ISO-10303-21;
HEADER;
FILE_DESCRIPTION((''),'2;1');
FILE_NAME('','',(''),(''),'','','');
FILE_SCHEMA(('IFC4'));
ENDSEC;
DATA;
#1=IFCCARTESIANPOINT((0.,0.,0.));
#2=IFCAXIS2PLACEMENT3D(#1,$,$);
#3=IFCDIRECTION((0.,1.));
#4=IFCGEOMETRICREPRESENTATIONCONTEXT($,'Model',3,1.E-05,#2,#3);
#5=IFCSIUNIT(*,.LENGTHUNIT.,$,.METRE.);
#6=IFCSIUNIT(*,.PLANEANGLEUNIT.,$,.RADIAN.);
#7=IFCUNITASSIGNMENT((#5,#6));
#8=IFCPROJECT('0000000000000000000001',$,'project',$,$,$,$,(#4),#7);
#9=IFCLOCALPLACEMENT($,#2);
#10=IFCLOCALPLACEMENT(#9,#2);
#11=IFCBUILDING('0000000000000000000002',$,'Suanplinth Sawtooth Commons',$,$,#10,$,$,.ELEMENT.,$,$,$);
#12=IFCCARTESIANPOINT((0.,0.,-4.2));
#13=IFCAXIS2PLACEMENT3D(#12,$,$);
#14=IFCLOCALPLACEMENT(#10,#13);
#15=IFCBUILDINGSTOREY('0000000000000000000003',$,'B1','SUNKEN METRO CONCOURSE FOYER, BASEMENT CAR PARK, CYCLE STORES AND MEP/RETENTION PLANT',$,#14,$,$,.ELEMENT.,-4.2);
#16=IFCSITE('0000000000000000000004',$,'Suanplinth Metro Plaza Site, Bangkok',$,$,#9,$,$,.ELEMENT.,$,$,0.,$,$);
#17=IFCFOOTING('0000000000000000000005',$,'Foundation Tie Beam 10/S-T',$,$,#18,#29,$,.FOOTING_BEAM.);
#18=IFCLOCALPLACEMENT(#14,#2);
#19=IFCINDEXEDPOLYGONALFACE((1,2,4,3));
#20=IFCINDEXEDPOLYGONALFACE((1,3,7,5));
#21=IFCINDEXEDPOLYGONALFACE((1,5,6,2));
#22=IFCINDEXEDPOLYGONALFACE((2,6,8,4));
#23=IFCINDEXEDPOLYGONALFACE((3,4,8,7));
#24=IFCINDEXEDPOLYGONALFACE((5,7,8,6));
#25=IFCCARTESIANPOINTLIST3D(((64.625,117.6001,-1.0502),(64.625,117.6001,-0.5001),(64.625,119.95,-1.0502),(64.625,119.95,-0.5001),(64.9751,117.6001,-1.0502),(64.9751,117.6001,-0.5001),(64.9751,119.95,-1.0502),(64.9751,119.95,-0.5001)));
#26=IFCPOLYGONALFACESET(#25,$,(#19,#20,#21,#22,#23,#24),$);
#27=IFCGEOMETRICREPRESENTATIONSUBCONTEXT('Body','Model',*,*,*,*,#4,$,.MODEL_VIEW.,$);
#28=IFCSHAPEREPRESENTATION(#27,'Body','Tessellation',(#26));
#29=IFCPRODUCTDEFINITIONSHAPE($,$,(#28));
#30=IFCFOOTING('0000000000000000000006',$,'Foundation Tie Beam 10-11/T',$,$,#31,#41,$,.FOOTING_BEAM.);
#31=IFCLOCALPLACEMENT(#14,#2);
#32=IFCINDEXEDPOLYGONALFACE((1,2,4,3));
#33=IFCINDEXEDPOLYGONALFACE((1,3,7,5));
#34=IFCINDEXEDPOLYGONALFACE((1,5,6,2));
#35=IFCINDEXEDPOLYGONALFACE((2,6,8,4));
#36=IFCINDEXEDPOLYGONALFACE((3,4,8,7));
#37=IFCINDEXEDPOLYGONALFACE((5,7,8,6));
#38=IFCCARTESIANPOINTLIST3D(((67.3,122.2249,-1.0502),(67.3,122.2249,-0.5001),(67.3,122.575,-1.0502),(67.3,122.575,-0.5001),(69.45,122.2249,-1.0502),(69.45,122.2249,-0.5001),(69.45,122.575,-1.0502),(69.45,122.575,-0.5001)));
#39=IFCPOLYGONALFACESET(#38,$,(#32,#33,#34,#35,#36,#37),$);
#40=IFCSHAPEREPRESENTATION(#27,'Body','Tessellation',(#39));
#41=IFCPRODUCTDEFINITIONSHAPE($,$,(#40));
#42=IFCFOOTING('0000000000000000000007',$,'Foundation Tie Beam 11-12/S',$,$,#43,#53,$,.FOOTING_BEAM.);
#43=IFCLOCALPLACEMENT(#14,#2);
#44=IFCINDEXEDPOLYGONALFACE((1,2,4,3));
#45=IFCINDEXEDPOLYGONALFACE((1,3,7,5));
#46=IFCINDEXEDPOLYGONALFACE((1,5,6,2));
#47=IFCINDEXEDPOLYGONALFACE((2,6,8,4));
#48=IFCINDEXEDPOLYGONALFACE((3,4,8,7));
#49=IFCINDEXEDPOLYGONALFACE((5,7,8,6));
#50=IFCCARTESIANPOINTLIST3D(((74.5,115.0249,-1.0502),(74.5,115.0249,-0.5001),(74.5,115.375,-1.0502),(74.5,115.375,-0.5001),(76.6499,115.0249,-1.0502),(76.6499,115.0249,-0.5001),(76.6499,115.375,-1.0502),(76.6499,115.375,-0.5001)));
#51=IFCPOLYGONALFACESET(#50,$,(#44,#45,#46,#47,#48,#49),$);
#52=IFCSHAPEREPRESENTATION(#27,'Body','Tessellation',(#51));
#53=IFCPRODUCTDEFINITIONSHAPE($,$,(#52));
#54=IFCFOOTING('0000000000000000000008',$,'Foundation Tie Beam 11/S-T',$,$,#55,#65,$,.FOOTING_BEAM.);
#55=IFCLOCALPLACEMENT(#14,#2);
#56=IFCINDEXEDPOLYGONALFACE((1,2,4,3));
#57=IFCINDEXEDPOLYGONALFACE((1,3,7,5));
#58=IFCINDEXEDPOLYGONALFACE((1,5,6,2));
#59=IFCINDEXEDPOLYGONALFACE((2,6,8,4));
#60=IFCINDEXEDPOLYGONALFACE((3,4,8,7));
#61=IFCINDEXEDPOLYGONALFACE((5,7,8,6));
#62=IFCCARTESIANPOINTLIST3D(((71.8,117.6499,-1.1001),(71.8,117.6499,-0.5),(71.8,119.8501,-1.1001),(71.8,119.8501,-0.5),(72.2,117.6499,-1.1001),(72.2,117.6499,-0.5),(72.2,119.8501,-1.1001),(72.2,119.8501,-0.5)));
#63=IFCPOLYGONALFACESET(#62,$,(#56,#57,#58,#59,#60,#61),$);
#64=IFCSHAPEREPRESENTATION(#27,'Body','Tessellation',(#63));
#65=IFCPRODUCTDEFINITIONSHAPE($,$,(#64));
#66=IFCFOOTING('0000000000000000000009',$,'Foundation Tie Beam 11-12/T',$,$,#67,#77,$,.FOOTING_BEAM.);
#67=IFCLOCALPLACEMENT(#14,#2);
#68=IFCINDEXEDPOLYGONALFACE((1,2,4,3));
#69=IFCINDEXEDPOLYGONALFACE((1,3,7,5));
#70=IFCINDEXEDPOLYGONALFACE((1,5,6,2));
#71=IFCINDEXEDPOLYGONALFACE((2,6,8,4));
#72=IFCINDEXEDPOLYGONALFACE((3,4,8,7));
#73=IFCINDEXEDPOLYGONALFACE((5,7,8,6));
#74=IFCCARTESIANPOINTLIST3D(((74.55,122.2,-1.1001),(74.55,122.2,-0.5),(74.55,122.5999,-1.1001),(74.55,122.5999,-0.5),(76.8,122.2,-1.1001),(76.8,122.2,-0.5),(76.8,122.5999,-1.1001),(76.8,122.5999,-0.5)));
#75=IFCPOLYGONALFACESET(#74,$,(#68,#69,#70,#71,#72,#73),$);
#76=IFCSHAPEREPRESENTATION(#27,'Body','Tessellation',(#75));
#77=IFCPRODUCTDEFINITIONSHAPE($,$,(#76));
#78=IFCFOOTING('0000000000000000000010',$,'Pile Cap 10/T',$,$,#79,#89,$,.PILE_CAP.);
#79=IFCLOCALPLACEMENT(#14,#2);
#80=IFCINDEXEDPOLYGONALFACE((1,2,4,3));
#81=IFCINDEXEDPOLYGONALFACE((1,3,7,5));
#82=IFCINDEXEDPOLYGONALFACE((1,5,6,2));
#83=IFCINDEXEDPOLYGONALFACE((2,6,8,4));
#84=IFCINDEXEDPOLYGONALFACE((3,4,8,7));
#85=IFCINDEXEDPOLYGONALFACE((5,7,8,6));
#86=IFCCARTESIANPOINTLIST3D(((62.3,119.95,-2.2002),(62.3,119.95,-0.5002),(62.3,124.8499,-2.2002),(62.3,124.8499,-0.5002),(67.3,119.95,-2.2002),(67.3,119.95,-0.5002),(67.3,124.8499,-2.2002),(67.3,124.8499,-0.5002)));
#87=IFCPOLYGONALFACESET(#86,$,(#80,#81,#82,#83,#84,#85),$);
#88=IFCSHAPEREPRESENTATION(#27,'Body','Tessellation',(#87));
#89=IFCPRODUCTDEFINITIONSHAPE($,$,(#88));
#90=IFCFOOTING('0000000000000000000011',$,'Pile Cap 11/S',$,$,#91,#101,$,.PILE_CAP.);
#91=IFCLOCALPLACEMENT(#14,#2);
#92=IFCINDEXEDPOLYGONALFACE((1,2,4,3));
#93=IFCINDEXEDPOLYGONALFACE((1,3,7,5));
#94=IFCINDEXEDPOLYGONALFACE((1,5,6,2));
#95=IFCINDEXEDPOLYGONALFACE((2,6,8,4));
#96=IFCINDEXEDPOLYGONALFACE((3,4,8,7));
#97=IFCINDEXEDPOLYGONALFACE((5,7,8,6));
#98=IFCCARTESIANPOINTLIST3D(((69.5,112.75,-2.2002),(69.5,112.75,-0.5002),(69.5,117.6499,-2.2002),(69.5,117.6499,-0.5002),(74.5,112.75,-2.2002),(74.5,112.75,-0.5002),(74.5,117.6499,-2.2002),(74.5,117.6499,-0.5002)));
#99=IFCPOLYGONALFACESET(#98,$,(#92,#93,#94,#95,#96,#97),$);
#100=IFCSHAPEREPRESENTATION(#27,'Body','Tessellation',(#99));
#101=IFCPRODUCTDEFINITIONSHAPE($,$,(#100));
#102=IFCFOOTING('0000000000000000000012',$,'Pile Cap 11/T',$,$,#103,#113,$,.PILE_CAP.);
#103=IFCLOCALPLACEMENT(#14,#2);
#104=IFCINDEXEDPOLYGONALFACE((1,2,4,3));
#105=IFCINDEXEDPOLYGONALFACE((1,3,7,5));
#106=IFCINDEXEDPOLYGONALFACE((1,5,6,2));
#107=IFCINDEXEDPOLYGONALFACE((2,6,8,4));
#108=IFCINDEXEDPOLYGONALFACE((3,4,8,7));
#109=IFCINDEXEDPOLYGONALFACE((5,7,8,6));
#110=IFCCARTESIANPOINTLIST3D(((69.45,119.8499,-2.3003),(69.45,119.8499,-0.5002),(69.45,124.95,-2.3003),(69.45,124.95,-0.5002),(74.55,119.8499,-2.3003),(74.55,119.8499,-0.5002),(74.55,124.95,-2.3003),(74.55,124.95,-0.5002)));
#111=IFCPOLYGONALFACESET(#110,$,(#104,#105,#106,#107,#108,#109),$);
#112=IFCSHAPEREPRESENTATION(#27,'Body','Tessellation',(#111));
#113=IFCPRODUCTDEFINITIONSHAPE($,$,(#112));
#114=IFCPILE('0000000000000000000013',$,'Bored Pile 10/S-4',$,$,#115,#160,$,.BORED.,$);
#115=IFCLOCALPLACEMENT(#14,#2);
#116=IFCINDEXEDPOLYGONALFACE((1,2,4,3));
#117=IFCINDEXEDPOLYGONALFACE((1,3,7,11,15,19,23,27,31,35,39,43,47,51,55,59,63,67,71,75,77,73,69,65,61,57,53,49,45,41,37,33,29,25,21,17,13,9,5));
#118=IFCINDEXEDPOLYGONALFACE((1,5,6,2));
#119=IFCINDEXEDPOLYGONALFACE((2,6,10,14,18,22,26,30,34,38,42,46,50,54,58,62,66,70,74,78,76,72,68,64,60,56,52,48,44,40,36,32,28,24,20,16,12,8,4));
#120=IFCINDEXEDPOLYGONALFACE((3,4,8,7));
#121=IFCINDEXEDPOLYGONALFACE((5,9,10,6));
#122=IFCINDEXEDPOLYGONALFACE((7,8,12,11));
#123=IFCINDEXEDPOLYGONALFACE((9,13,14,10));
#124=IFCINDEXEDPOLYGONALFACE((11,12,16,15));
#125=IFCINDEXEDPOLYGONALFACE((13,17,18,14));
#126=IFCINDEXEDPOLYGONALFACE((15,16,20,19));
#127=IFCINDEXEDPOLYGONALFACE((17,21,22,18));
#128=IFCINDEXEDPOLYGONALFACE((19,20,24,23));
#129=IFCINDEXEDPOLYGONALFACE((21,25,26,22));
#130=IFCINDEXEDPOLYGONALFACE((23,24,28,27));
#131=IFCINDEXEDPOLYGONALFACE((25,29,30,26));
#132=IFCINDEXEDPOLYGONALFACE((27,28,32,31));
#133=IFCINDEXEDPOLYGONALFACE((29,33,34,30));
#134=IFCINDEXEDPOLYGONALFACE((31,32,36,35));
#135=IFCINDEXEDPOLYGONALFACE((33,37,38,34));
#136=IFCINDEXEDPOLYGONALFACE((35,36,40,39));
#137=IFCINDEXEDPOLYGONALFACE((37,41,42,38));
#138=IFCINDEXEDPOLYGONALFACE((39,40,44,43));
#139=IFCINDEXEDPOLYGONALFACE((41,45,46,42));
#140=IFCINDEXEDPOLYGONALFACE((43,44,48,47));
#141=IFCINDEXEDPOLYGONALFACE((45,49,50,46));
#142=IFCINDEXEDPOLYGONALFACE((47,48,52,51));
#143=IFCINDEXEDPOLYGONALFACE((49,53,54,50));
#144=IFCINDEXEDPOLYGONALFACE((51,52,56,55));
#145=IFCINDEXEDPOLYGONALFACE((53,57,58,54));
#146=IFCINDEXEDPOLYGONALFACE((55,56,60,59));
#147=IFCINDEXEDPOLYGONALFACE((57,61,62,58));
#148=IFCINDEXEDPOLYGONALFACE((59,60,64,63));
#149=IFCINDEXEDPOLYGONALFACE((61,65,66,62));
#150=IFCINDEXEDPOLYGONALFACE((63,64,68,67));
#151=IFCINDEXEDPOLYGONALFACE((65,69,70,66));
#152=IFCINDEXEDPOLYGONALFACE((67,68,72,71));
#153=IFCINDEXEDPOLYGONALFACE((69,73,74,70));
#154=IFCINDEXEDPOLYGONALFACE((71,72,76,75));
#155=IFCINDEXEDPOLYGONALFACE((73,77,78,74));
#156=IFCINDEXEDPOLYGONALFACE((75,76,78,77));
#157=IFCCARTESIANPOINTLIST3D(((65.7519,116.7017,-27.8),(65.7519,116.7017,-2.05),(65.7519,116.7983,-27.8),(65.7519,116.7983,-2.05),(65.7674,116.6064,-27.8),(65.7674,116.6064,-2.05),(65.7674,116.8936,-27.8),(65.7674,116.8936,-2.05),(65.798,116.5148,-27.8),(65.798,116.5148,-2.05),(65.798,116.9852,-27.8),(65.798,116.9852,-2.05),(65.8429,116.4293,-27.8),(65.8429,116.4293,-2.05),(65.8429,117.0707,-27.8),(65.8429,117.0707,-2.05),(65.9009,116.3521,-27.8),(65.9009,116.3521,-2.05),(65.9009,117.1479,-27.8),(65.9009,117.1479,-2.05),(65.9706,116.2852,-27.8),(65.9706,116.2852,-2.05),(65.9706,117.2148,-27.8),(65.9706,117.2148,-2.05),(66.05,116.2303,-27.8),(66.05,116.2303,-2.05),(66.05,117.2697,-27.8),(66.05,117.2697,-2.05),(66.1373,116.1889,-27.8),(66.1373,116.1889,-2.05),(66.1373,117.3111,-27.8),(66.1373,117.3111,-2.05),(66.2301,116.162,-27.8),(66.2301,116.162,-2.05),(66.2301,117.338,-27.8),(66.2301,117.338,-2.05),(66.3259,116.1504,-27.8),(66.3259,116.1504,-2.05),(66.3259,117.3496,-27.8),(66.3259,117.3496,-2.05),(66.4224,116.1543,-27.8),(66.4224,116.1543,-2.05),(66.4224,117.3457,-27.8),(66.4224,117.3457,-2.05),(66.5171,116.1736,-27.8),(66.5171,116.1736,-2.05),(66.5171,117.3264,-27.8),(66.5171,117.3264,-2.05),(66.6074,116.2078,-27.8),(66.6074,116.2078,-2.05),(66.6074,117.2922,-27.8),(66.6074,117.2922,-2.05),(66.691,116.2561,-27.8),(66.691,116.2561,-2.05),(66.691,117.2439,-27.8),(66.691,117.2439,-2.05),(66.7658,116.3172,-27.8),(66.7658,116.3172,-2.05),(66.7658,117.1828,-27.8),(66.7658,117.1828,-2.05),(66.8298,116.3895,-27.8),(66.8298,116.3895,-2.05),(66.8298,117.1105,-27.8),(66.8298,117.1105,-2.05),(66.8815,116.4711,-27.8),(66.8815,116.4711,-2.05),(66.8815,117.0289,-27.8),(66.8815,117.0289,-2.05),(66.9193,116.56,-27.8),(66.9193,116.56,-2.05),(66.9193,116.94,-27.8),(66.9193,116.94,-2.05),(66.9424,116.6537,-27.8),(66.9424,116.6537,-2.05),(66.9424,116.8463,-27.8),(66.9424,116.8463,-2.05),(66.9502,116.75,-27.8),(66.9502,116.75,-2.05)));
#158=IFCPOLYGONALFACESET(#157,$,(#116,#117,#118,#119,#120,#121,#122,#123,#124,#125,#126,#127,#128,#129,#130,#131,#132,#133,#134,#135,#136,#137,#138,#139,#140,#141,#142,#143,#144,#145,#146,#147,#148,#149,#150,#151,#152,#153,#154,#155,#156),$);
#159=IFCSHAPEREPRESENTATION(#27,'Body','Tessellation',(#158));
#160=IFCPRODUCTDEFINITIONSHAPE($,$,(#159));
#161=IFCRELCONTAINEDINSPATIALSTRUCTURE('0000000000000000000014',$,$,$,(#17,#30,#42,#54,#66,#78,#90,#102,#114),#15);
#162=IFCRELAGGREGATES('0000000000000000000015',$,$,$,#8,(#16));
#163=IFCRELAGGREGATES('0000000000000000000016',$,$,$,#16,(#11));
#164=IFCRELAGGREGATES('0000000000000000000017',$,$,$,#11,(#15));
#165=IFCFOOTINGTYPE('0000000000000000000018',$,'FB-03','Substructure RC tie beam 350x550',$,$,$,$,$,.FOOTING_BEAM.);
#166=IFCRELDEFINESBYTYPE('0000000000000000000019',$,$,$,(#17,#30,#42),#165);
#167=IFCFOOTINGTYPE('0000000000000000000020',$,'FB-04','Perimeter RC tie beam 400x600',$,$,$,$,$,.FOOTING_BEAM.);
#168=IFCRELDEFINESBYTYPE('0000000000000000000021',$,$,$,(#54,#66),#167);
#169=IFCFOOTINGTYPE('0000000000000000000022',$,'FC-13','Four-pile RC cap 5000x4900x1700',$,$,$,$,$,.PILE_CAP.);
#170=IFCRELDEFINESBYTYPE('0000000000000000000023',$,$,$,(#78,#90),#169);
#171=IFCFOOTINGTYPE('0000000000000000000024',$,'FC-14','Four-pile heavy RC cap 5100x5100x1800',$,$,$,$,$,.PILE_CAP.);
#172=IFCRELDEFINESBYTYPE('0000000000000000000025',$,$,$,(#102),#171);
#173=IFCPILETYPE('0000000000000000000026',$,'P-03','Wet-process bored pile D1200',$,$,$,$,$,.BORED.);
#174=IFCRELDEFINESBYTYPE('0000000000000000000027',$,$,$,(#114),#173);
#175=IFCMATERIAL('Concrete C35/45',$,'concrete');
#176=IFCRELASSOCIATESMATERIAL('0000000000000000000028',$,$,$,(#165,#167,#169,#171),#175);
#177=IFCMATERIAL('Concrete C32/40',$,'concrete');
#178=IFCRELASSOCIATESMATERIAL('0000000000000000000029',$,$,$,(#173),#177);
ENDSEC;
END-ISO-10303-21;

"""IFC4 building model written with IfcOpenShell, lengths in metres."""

from ifc_helpers import new_model, si_unit, direction, frame, origin, origin_2d, place, context, subcontext, project, spatial, rectangle, circle, extrude, material, material_profile, profile_set, type_object, element, save


model = new_model("IFC4")

# Units and contexts
model_context = context("Model", 3, precision=1e-05, world=origin(), true_north=direction((0.0, 1.0)))
body_context = subcontext(model_context, "Body", "Model", "MODEL_VIEW")
ifc_project = project(units=[si_unit("LENGTHUNIT", "METRE"), si_unit("PLANEANGLEUNIT", "RADIAN")], contexts=[model_context])

# Site, building, storey
site_placement = place(None, origin())
site = spatial("IfcSite", under=ifc_project, at=site_placement, Name="Suanplinth Metro Plaza Site, Bangkok", CompositionType="ELEMENT", RefElevation=0.0)
building_placement = place(site_placement, origin())
building = spatial("IfcBuilding", under=site, at=building_placement, Name="Suanplinth Sawtooth Commons", CompositionType="ELEMENT")
storey_placement = place(building_placement, frame((0.0, 0.0, -4.2)))
storey = spatial("IfcBuildingStorey", under=building, at=storey_placement, Name="B1", Description="SUNKEN METRO CONCOURSE FOYER, BASEMENT CAR PARK, CYCLE STORES AND MEP/RETENTION PLANT", CompositionType="ELEMENT", Elevation=-4.2)

# Footings
ifc_material_1 = material(Name="Concrete C35/45", Category="concrete")
ifc_material_profile_1 = material_profile(ifc_material_1, rectangle(XDim=0.3501, YDim=0.55, at=origin_2d()), Name="PC-BM 350x550")
ifc_profile_set_1 = profile_set([ifc_material_profile_1], Name="Concrete C35/45")
footing_type_1 = type_object("IfcFootingType", Name="FB-03", Description="Substructure RC tie beam 350x550", PredefinedType="FOOTING_BEAM", material=ifc_profile_set_1)
footing_1_placement = place(storey_placement, frame((64.8, 117.6001, -0.7751), z_axis=(0.0, 1.0, 0.0), x_axis=(-1.0, 0.0, 0.0)))
element("IfcFooting", 1, at=footing_1_placement, inside=storey, type_object=footing_type_1, Name="Foundation Tie Beam 10/S-T", PredefinedType="FOOTING_BEAM", context=body_context, shape_type="SweptSolid", body=[
    extrude(rectangle(XDim=0.3501, YDim=0.55, at=origin_2d()), origin(), (0.0, 0.0, 1.0), 2.3499),
])
for number, where, z_axis, x_axis, name in (
    (2, (67.3, 122.3999, -0.7751), (1.0, 0.0, 0.0), (0.0, 1.0, 0.0), "Foundation Tie Beam 10-11/T"),
    (3, (74.5, 115.2, -0.7751), (1.0, 0.0, 0.0), (0.0, 1.0, 0.0), "Foundation Tie Beam 11-12/S"),
):
    element("IfcFooting", number, at=place(storey_placement, frame(where, z_axis=z_axis, x_axis=x_axis)), inside=storey, type_object=footing_type_1, Name=name, PredefinedType="FOOTING_BEAM", context=body_context, shape_type="SweptSolid", body=[
        extrude(rectangle(XDim=0.3501, YDim=0.55, at=origin_2d()), origin(), (0.0, 0.0, 1.0), 2.1499),
    ])
ifc_material_profile_2 = material_profile(ifc_material_1, rectangle(XDim=0.3999, YDim=0.6001, at=origin_2d()), Name="PC-GDR 400x600")
ifc_profile_set_2 = profile_set([ifc_material_profile_2], Name="Concrete C35/45")
footing_type_2 = type_object("IfcFootingType", Name="FB-04", Description="Perimeter RC tie beam 400x600", PredefinedType="FOOTING_BEAM", material=ifc_profile_set_2)
footing_2_placement = place(storey_placement, frame((72.0, 117.6499, -0.8), z_axis=(0.0, 1.0, 0.0), x_axis=(-1.0, 0.0, 0.0)))
element("IfcFooting", 4, at=footing_2_placement, inside=storey, type_object=footing_type_2, Name="Foundation Tie Beam 11/S-T", PredefinedType="FOOTING_BEAM", context=body_context, shape_type="SweptSolid", body=[
    extrude(rectangle(XDim=0.3999, YDim=0.6001, at=origin_2d()), origin(), (0.0, 0.0, 1.0), 2.2002),
])
footing_3_placement = place(storey_placement, frame((74.55, 122.3999, -0.8), z_axis=(1.0, 0.0, 0.0), x_axis=(0.0, 1.0, 0.0)))
element("IfcFooting", 5, at=footing_3_placement, inside=storey, type_object=footing_type_2, Name="Foundation Tie Beam 11-12/T", PredefinedType="FOOTING_BEAM", context=body_context, shape_type="SweptSolid", body=[
    extrude(rectangle(XDim=0.3999, YDim=0.6001, at=origin_2d()), origin(), (0.0, 0.0, 1.0), 2.25),
])
footing_type_3 = type_object("IfcFootingType", Name="FC-13", Description="Four-pile RC cap 5000x4900x1700", PredefinedType="PILE_CAP", material=ifc_material_1)
for number, where, z_axis, x_axis, name in (
    (6, (64.8, 122.3999, -2.2002), (0.0, 0.0, 1.0), (1.0, 0.0, 0.0), "Pile Cap 10/T"),
    (7, (72.0, 115.2, -2.2002), (0.0, 0.0, 1.0), (1.0, 0.0, 0.0), "Pile Cap 11/S"),
):
    element("IfcFooting", number, at=place(storey_placement, frame(where, z_axis=z_axis, x_axis=x_axis)), inside=storey, type_object=footing_type_3, Name=name, PredefinedType="PILE_CAP", context=body_context, shape_type="SweptSolid", body=[
        extrude(rectangle(XDim=5.0, YDim=4.8999, at=origin_2d()), origin(), (0.0, 0.0, 1.0), 1.7),
    ])
footing_type_4 = type_object("IfcFootingType", Name="FC-14", Description="Four-pile heavy RC cap 5100x5100x1800", PredefinedType="PILE_CAP", material=ifc_material_1)
footing_4_placement = place(storey_placement, frame((72.0, 122.3999, -2.3003), z_axis=(0.0, 0.0, 1.0), x_axis=(1.0, 0.0, 0.0)))
element("IfcFooting", 8, at=footing_4_placement, inside=storey, type_object=footing_type_4, Name="Pile Cap 11/T", PredefinedType="PILE_CAP", context=body_context, shape_type="SweptSolid", body=[
    extrude(rectangle(XDim=5.1001, YDim=5.1001, at=origin_2d()), origin(), (0.0, 0.0, 1.0), 1.8),
])

# Pile
ifc_material_2 = material(Name="Concrete C32/40", Category="concrete")
ifc_material_profile_3 = material_profile(ifc_material_2, circle(Radius=0.6001, at=origin_2d()), Name="PILE D1200")
ifc_profile_set_3 = profile_set([ifc_material_profile_3], Name="Concrete C32/40")
pile_type = type_object("IfcPileType", Name="P-03", Description="Wet-process bored pile D1200", PredefinedType="BORED", material=ifc_profile_set_3)
pile_placement = place(storey_placement, frame((66.3501, 116.75, -2.05), z_axis=(0.0, 0.0, -1.0), x_axis=(1.0, 0.0, 0.0)))
element("IfcPile", 9, at=pile_placement, inside=storey, type_object=pile_type, Name="Bored Pile 10/S-4", PredefinedType="BORED", context=body_context, shape_type="SweptSolid", body=[
    extrude(circle(Radius=0.6001, at=origin_2d()), origin(), (0.0, 0.0, 1.0), 25.75),
])

save(model, "model.ifc")
